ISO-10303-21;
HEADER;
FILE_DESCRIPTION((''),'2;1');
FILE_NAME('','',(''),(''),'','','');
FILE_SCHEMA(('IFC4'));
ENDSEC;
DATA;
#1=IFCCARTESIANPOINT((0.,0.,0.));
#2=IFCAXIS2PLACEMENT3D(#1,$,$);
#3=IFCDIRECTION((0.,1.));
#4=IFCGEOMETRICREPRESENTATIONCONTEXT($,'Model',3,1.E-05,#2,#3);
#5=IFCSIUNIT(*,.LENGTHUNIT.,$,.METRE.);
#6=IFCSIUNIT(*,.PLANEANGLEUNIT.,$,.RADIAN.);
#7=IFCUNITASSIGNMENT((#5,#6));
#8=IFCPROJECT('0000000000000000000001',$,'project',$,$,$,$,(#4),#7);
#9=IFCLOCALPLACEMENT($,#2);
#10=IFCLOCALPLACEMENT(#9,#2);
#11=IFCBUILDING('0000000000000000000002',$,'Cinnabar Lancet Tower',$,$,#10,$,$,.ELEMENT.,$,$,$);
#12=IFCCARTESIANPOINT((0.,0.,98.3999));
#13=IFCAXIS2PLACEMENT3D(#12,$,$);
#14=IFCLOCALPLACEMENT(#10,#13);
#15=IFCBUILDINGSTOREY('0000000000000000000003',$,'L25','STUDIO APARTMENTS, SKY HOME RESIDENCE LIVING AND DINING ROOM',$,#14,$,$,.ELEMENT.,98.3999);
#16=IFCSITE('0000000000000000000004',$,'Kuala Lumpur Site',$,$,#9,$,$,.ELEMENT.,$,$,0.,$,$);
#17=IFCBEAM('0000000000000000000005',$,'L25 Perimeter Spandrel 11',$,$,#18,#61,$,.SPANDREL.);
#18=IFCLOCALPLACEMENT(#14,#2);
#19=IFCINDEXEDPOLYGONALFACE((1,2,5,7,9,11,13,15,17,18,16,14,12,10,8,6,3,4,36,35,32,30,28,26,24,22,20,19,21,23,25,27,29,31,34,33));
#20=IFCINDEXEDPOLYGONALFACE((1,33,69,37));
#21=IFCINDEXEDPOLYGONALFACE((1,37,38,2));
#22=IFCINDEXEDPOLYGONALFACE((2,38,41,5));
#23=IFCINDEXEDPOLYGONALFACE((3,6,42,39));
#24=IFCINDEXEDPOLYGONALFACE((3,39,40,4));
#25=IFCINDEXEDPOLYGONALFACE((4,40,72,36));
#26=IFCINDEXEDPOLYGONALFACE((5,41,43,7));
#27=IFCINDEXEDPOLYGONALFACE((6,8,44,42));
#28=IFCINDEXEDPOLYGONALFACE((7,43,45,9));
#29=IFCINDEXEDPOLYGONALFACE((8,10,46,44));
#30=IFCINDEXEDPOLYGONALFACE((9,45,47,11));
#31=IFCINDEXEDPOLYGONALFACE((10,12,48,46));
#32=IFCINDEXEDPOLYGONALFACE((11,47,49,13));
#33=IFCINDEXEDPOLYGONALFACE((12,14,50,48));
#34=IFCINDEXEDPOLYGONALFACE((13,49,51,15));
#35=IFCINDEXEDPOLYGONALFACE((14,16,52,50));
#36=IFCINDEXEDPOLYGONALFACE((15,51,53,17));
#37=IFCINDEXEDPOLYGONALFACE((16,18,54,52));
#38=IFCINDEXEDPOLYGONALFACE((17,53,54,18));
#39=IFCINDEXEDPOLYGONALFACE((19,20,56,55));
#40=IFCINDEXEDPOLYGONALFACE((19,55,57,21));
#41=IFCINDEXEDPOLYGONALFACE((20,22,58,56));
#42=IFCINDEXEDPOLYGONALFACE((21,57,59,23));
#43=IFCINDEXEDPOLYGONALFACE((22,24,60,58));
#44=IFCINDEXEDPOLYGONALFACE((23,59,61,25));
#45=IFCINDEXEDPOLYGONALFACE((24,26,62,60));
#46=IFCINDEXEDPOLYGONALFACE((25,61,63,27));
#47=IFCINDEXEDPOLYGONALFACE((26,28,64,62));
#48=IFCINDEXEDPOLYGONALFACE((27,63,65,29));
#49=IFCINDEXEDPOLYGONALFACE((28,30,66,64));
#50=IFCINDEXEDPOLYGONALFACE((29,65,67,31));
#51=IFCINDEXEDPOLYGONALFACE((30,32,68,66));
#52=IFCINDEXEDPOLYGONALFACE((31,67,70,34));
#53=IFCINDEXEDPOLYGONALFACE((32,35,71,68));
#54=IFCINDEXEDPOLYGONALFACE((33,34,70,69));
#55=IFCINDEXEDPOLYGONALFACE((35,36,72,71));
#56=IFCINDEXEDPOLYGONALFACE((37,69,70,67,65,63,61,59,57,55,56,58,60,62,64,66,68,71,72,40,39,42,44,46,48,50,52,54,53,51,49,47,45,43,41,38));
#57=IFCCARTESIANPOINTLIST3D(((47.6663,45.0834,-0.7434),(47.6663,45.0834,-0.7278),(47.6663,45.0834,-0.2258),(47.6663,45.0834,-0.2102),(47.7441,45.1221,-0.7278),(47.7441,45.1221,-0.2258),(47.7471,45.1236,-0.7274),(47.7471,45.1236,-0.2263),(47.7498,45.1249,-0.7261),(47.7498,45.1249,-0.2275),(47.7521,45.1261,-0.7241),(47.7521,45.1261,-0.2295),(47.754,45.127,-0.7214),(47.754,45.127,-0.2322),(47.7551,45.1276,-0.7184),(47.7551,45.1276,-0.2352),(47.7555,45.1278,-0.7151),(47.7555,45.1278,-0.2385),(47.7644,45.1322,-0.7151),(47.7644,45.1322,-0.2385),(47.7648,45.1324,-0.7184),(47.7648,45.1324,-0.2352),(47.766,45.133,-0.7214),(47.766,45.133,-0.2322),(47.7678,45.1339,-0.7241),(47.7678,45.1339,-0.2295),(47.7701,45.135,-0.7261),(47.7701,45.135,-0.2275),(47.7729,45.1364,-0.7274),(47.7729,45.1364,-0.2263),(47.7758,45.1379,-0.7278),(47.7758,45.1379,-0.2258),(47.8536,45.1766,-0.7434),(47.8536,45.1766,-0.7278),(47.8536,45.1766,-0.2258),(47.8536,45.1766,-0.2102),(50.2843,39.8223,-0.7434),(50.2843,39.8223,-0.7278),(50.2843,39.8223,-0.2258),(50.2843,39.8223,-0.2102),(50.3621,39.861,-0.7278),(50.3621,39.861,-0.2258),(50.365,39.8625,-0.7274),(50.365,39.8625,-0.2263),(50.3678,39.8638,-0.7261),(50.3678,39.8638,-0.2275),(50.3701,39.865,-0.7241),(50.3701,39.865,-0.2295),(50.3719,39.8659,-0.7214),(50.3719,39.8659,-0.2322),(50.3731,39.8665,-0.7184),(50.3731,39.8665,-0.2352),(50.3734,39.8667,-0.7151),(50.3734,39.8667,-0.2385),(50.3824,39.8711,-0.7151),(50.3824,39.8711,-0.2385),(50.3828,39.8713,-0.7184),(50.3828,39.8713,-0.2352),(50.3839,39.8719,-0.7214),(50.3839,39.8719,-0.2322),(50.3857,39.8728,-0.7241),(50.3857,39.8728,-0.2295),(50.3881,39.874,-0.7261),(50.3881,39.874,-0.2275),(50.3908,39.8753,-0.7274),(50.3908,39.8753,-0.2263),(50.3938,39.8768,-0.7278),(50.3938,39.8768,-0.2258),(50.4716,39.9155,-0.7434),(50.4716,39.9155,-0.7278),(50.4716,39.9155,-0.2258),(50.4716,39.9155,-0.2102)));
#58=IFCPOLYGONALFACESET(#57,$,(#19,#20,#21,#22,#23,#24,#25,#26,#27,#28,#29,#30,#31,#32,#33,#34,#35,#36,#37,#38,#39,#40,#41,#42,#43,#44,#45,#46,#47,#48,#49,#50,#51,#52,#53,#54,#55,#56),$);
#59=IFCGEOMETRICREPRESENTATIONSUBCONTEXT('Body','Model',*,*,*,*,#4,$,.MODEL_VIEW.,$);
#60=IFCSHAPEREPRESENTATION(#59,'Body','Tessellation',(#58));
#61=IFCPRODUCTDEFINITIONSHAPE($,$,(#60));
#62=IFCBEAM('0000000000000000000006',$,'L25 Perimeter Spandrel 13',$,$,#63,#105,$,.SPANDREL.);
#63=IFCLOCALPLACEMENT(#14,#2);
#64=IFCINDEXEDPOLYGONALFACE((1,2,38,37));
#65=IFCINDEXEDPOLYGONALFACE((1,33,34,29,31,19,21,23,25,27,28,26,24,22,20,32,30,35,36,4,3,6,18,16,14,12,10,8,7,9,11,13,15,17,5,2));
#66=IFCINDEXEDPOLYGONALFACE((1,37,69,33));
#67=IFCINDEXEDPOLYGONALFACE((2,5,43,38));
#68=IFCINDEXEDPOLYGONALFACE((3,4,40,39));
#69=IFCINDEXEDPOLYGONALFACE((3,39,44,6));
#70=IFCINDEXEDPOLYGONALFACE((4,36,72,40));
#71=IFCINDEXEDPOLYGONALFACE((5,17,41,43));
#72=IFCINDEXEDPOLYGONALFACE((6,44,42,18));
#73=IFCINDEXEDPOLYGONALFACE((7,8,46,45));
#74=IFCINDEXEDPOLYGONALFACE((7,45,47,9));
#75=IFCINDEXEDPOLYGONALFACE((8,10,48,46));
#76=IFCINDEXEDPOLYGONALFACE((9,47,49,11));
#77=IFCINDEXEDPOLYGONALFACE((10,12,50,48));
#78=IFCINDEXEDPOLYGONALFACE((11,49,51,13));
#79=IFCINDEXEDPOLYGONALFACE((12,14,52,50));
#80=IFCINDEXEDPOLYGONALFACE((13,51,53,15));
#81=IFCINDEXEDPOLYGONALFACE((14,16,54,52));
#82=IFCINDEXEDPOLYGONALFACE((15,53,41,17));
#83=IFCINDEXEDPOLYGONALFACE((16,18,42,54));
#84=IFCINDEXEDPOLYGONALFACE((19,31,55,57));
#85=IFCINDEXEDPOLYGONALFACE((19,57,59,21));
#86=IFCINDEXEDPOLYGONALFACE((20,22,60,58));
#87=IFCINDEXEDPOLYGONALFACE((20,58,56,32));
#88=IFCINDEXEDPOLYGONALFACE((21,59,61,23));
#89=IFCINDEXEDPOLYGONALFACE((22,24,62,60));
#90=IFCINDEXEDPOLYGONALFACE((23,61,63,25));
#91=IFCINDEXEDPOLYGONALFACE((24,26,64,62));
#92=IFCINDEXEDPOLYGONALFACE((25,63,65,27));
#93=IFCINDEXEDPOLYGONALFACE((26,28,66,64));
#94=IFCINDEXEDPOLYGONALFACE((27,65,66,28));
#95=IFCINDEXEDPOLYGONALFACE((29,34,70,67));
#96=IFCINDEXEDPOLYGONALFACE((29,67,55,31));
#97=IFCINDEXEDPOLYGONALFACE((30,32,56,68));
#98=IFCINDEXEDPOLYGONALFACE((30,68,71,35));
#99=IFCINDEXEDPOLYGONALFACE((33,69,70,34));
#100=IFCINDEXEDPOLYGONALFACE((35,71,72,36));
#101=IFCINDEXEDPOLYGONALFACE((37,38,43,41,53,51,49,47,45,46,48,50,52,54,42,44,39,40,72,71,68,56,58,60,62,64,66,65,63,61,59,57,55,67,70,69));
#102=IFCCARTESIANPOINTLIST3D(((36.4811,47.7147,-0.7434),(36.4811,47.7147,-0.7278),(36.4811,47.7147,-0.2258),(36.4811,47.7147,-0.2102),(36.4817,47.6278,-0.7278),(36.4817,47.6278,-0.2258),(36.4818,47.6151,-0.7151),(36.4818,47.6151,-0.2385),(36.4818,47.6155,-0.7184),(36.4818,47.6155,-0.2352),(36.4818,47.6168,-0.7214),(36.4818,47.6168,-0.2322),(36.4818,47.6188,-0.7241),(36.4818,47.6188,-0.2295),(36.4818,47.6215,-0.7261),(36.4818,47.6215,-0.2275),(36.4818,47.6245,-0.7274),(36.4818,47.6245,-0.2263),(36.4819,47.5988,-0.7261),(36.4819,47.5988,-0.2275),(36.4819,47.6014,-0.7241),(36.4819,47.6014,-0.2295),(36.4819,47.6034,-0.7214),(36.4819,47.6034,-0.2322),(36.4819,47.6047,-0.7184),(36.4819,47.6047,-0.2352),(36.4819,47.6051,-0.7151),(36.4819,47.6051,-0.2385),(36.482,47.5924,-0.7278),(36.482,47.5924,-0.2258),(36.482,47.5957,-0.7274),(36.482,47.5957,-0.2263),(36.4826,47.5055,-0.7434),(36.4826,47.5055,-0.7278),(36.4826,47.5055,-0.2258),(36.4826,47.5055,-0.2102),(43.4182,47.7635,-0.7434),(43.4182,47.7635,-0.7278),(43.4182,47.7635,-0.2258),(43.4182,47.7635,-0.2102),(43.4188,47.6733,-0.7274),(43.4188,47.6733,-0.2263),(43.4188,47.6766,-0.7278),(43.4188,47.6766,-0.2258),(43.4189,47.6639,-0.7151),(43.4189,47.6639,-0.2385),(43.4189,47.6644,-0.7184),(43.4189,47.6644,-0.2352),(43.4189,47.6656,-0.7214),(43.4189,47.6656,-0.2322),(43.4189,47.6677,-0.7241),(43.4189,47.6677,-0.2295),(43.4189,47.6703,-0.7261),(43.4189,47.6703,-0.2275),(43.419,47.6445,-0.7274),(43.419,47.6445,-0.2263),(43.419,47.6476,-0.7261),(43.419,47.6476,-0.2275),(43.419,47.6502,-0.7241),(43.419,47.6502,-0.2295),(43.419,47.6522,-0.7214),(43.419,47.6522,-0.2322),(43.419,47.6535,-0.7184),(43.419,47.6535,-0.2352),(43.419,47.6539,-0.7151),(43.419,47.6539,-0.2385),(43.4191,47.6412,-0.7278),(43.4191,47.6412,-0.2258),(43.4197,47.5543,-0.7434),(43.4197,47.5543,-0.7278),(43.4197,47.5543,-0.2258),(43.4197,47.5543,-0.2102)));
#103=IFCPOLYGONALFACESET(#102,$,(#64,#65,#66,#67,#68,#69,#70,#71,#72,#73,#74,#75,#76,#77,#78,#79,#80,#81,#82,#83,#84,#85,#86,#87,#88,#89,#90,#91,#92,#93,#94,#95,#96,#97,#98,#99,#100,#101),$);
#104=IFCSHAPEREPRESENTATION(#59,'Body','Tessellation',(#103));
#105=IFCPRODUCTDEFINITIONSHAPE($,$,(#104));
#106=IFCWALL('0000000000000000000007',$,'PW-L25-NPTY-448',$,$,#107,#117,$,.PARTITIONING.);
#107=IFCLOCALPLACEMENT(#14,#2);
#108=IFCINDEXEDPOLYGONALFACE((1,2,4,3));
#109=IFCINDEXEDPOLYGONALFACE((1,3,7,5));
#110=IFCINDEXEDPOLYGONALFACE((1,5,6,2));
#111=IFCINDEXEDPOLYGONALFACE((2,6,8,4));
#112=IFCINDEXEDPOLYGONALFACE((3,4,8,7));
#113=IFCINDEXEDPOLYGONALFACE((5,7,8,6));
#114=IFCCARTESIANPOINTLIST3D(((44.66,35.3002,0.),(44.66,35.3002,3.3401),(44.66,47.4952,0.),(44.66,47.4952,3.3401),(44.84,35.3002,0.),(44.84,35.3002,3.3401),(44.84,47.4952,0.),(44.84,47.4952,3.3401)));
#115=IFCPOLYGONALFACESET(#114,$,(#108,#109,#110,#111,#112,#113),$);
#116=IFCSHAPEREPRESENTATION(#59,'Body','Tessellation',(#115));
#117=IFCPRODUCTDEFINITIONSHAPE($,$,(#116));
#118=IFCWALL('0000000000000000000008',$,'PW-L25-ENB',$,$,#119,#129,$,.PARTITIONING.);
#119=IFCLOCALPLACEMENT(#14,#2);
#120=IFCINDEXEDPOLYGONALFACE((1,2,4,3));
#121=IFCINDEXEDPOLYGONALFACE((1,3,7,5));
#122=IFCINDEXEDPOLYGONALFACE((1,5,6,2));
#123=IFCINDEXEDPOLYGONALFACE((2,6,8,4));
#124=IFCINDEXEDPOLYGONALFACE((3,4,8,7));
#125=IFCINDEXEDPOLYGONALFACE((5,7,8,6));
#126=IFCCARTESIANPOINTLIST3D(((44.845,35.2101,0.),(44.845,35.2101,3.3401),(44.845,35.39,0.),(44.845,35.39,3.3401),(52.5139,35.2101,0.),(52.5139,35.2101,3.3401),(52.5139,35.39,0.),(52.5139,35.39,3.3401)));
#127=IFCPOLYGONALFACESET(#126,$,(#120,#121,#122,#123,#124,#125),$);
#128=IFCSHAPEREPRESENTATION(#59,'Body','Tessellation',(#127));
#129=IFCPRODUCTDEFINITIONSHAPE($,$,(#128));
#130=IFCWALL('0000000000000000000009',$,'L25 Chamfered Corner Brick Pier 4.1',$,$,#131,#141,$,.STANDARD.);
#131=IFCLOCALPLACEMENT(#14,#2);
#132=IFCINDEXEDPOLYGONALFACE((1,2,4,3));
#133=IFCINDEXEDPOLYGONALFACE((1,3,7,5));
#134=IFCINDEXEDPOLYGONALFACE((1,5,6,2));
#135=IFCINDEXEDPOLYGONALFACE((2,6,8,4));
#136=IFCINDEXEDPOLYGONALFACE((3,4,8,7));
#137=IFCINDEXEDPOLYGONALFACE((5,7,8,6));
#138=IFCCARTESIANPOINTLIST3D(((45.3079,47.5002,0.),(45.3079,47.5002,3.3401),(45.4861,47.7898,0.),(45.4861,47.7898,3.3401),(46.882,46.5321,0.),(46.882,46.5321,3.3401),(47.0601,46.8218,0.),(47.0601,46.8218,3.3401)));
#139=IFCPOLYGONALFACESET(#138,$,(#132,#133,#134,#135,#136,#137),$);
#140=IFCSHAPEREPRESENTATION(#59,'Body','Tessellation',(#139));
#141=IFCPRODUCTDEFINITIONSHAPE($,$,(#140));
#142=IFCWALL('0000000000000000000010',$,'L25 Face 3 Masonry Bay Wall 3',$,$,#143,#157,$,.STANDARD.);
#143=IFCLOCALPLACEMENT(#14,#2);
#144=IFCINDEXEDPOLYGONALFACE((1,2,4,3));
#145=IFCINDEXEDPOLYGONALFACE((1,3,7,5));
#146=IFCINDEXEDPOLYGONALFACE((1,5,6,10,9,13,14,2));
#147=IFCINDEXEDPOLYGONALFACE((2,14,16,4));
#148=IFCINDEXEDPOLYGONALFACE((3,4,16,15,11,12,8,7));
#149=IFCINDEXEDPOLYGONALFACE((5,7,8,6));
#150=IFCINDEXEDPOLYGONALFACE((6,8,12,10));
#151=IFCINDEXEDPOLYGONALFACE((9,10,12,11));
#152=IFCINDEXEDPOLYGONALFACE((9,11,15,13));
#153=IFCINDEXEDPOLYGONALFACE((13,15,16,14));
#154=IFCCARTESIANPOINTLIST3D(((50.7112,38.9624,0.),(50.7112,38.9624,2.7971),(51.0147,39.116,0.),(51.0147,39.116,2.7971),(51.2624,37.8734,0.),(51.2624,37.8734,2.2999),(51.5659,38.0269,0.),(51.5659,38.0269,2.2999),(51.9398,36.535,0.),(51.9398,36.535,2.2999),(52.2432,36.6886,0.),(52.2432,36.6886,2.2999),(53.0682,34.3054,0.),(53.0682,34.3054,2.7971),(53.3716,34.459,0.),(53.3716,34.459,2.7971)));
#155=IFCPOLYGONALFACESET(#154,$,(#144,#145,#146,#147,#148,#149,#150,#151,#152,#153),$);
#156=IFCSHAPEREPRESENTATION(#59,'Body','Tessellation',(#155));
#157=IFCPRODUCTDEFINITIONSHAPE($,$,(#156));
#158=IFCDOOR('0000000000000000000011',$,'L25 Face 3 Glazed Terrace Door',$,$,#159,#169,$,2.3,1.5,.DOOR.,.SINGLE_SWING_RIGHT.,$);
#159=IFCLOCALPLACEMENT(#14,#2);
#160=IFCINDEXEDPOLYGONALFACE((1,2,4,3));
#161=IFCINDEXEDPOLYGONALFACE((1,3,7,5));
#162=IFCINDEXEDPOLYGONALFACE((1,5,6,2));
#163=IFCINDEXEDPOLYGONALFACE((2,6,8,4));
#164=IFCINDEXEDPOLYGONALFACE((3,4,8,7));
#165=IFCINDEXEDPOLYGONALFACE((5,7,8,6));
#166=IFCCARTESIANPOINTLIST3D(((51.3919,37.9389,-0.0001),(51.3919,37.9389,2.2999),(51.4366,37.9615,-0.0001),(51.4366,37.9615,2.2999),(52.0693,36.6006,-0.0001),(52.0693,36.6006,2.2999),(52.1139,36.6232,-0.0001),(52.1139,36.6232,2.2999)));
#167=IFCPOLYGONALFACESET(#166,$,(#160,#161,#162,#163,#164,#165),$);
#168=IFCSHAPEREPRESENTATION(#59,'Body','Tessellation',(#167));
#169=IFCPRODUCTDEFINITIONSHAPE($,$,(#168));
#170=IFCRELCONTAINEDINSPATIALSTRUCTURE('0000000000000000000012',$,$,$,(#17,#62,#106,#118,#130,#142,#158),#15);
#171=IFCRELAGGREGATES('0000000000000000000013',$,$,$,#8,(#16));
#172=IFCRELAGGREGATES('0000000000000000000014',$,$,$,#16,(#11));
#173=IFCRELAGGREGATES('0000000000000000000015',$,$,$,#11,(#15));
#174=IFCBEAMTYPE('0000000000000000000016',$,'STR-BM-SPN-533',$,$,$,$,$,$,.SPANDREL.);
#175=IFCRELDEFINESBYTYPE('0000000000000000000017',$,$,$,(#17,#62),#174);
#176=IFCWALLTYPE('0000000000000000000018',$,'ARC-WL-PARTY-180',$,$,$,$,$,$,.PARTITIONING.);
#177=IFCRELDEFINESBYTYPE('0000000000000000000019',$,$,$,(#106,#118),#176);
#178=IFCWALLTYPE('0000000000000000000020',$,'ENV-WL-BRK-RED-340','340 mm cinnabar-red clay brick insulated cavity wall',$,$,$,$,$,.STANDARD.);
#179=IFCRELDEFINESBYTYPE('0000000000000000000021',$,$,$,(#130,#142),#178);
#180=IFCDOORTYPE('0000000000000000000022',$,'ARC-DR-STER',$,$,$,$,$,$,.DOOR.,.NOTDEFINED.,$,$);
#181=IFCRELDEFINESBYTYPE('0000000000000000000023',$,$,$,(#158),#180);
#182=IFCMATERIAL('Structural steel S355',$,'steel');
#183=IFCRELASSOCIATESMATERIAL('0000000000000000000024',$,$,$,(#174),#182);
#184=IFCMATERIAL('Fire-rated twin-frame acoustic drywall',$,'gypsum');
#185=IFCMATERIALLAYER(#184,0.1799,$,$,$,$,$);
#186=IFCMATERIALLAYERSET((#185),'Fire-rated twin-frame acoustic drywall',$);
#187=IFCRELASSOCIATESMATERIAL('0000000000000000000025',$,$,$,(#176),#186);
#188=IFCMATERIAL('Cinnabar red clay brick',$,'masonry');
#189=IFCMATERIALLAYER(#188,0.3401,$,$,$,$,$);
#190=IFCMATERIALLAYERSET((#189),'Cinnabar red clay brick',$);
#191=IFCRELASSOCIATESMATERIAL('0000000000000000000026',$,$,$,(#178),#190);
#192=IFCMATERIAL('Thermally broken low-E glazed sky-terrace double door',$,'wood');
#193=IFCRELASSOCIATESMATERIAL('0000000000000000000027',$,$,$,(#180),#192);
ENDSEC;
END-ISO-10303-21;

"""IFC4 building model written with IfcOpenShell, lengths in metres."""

from ifc_helpers import new_model, si_unit, direction, frame, frame_2d, origin, origin_2d, place, context, subcontext, project, spatial, rectangle, i_section, extrude, material, layer, layer_set, material_profile, profile_set, type_object, element, fill, save


model = new_model("IFC4")

# Units and contexts
model_context = context("Model", 3, precision=1e-05, world=origin(), true_north=direction((0.0, 1.0)))
body_context = subcontext(model_context, "Body", "Model", "MODEL_VIEW")
ifc_project = project(units=[si_unit("LENGTHUNIT", "METRE"), si_unit("PLANEANGLEUNIT", "RADIAN")], contexts=[model_context])

# Site, building, storey
site_placement = place(None, origin())
site = spatial("IfcSite", under=ifc_project, at=site_placement, Name="Kuala Lumpur Site", CompositionType="ELEMENT", RefElevation=0.0)
building_placement = place(site_placement, origin())
building = spatial("IfcBuilding", under=site, at=building_placement, Name="Cinnabar Lancet Tower", CompositionType="ELEMENT")
storey_placement = place(building_placement, frame((0.0, 0.0, 98.3999)))
storey = spatial("IfcBuildingStorey", under=building, at=storey_placement, Name="L25", Description="STUDIO APARTMENTS, SKY HOME RESIDENCE LIVING AND DINING ROOM", CompositionType="ELEMENT", Elevation=98.3999)

# Beams
ifc_material_1 = material(Name="Structural steel S355", Category="steel")
ifc_material_profile_1 = material_profile(ifc_material_1, i_section(OverallWidth=0.2092, OverallDepth=0.5332, WebThickness=0.01, FlangeThickness=0.0156, FilletRadius=0.0127, at=origin_2d()), Name="UKB 533x210x92")
ifc_profile_set_1 = profile_set([ifc_material_profile_1], Name="Structural steel S355")
beam_type_1 = type_object("IfcBeamType", Name="STR-BM-SPN-533", PredefinedType="SPANDREL", material=ifc_profile_set_1)
beam_1_placement = place(storey_placement, frame((50.3779, 39.8689, -0.4768), z_axis=(-0.445501, 0.895281, 0.0), x_axis=(-0.895281, -0.445501, 0.0)))
element("IfcBeam", 1, at=beam_1_placement, inside=storey, type_object=beam_type_1, Name="L25 Perimeter Spandrel 11", PredefinedType="SPANDREL", context=body_context, shape_type="SweptSolid", body=[
    extrude(i_section(OverallWidth=0.2092, OverallDepth=0.5332, WebThickness=0.01, FlangeThickness=0.0156, FilletRadius=0.0127, at=origin_2d()), origin(), (0.0, 0.0, 1.0), 5.8765),
])
beam_2_placement = place(storey_placement, frame((43.4189, 47.6589, -0.4768), z_axis=(-0.999975, -0.007039, 0.0), x_axis=(0.007039, -0.999975, 0.0)))
element("IfcBeam", 2, at=beam_2_placement, inside=storey, type_object=beam_type_1, Name="L25 Perimeter Spandrel 13", PredefinedType="SPANDREL", context=body_context, shape_type="SweptSolid", body=[
    extrude(i_section(OverallWidth=0.2092, OverallDepth=0.5332, WebThickness=0.01, FlangeThickness=0.0156, FilletRadius=0.0127, at=origin_2d()), origin(), (0.0, 0.0, 1.0), 6.9373),
])

# Walls
ifc_material_2 = material(Name="Fire-rated twin-frame acoustic drywall", Category="gypsum")
ifc_layer_1 = layer(ifc_material_2, 0.1799)
ifc_layer_set_1 = layer_set([ifc_layer_1], Name="Fire-rated twin-frame acoustic drywall")
wall_type_1 = type_object("IfcWallType", Name="ARC-WL-PARTY-180", PredefinedType="PARTITIONING", material=ifc_layer_set_1)
wall_1_placement = place(storey_placement, frame((44.75, 35.3, 0.0), z_axis=(0.0, 0.0, 1.0), x_axis=(0.0, 1.0, 0.0)))
element("IfcWall", 3, at=wall_1_placement, inside=storey, type_object=wall_type_1, Name="PW-L25-NPTY-448", PredefinedType="PARTITIONING", context=body_context, shape_type="SweptSolid", body=[
    extrude(rectangle(XDim=12.1951, YDim=0.1799, at=frame_2d((6.0977, 0.0))), origin(), (0.0, 0.0, 1.0), 3.3401),
])
wall_2_placement = place(storey_placement, frame((44.845, 35.3, 0.0), z_axis=(0.0, 0.0, 1.0), x_axis=(1.0, 0.0, 0.0)))
element("IfcWall", 4, at=wall_2_placement, inside=storey, type_object=wall_type_1, Name="PW-L25-ENB", PredefinedType="PARTITIONING", context=body_context, shape_type="SweptSolid", body=[
    extrude(rectangle(XDim=7.6689, YDim=0.1799, at=frame_2d((3.8345, 0.0))), origin(), (0.0, 0.0, 1.0), 3.3401),
])
ifc_material_3 = material(Name="Cinnabar red clay brick", Category="masonry")
ifc_layer_2 = layer(ifc_material_3, 0.3401)
ifc_layer_set_2 = layer_set([ifc_layer_2], Name="Cinnabar red clay brick")
wall_type_2 = type_object("IfcWallType", Name="ENV-WL-BRK-RED-340", Description="340 mm cinnabar-red clay brick insulated cavity wall", PredefinedType="STANDARD", material=ifc_layer_set_2)
wall_3_placement = place(storey_placement, frame((46.9709, 46.677, 0.0), z_axis=(0.0, 0.0, 1.0), x_axis=(-0.851799, 0.523869, 0.0)))
element("IfcWall", 5, at=wall_3_placement, inside=storey, type_object=wall_type_2, Name="L25 Chamfered Corner Brick Pier 4.1", PredefinedType="STANDARD", context=body_context, shape_type="SweptSolid", body=[
    extrude(rectangle(XDim=1.8479, YDim=0.3401, at=frame_2d((0.9238, 0.0))), origin(), (0.0, 0.0, 1.0), 3.3401),
])

# Wall, opening, door
wall_4_placement = place(storey_placement, frame((53.22, 34.3821, 0.0), z_axis=(0.0, 0.0, 1.0), x_axis=(-0.451568, 0.892237, 0.0)))
wall_4 = element("IfcWall", 6, at=wall_4_placement, inside=storey, type_object=wall_type_2, Name="L25 Face 3 Masonry Bay Wall 3", PredefinedType="STANDARD", context=body_context, shape_type="SweptSolid", body=[
    extrude(rectangle(XDim=5.2195, YDim=0.3401, at=frame_2d((2.6099, 0.0))), origin(), (0.0, 0.0, 1.0), 2.7971),
])
opening_1_placement = place(wall_4_placement, frame((2.499, 0.0, 0.0)))
opening_1 = element("IfcOpeningElement", 7, at=opening_1_placement, cuts=wall_4, PredefinedType="OPENING", context=body_context, shape_type="SweptSolid", body=[
    extrude(rectangle(XDim=1.5, YDim=2.3, at=frame_2d((0.75, 1.1499))), frame((0.0, 0.1799, 0.0), z_axis=(0.0, -1.0, 0.0), x_axis=(1.0, 0.0, 0.0)), (0.0, 0.0, 1.0), 0.3601),
])
ifc_material_4 = material(Name="Thermally broken low-E glazed sky-terrace double door", Category="wood")
door_type = type_object("IfcDoorType", Name="ARC-DR-STER", OperationType="NOTDEFINED", PredefinedType="DOOR", material=ifc_material_4)
door_placement = place(opening_1_placement, origin())
door = element("IfcDoor", 8, at=door_placement, inside=storey, type_object=door_type, Name="L25 Face 3 Glazed Terrace Door", OperationType="SINGLE_SWING_RIGHT", OverallHeight=2.3, OverallWidth=1.5, PredefinedType="DOOR", context=body_context, shape_type="SweptSolid", body=[
    extrude(rectangle(XDim=1.5, YDim=2.3, at=frame_2d((0.75, 1.1499))), frame((0.0, 0.0249, 0.0), z_axis=(0.0, -1.0, 0.0), x_axis=(1.0, 0.0, 0.0)), (0.0, 0.0, 1.0), 0.05),
])
fill(opening_1, door)

save(model, "model.ifc")
